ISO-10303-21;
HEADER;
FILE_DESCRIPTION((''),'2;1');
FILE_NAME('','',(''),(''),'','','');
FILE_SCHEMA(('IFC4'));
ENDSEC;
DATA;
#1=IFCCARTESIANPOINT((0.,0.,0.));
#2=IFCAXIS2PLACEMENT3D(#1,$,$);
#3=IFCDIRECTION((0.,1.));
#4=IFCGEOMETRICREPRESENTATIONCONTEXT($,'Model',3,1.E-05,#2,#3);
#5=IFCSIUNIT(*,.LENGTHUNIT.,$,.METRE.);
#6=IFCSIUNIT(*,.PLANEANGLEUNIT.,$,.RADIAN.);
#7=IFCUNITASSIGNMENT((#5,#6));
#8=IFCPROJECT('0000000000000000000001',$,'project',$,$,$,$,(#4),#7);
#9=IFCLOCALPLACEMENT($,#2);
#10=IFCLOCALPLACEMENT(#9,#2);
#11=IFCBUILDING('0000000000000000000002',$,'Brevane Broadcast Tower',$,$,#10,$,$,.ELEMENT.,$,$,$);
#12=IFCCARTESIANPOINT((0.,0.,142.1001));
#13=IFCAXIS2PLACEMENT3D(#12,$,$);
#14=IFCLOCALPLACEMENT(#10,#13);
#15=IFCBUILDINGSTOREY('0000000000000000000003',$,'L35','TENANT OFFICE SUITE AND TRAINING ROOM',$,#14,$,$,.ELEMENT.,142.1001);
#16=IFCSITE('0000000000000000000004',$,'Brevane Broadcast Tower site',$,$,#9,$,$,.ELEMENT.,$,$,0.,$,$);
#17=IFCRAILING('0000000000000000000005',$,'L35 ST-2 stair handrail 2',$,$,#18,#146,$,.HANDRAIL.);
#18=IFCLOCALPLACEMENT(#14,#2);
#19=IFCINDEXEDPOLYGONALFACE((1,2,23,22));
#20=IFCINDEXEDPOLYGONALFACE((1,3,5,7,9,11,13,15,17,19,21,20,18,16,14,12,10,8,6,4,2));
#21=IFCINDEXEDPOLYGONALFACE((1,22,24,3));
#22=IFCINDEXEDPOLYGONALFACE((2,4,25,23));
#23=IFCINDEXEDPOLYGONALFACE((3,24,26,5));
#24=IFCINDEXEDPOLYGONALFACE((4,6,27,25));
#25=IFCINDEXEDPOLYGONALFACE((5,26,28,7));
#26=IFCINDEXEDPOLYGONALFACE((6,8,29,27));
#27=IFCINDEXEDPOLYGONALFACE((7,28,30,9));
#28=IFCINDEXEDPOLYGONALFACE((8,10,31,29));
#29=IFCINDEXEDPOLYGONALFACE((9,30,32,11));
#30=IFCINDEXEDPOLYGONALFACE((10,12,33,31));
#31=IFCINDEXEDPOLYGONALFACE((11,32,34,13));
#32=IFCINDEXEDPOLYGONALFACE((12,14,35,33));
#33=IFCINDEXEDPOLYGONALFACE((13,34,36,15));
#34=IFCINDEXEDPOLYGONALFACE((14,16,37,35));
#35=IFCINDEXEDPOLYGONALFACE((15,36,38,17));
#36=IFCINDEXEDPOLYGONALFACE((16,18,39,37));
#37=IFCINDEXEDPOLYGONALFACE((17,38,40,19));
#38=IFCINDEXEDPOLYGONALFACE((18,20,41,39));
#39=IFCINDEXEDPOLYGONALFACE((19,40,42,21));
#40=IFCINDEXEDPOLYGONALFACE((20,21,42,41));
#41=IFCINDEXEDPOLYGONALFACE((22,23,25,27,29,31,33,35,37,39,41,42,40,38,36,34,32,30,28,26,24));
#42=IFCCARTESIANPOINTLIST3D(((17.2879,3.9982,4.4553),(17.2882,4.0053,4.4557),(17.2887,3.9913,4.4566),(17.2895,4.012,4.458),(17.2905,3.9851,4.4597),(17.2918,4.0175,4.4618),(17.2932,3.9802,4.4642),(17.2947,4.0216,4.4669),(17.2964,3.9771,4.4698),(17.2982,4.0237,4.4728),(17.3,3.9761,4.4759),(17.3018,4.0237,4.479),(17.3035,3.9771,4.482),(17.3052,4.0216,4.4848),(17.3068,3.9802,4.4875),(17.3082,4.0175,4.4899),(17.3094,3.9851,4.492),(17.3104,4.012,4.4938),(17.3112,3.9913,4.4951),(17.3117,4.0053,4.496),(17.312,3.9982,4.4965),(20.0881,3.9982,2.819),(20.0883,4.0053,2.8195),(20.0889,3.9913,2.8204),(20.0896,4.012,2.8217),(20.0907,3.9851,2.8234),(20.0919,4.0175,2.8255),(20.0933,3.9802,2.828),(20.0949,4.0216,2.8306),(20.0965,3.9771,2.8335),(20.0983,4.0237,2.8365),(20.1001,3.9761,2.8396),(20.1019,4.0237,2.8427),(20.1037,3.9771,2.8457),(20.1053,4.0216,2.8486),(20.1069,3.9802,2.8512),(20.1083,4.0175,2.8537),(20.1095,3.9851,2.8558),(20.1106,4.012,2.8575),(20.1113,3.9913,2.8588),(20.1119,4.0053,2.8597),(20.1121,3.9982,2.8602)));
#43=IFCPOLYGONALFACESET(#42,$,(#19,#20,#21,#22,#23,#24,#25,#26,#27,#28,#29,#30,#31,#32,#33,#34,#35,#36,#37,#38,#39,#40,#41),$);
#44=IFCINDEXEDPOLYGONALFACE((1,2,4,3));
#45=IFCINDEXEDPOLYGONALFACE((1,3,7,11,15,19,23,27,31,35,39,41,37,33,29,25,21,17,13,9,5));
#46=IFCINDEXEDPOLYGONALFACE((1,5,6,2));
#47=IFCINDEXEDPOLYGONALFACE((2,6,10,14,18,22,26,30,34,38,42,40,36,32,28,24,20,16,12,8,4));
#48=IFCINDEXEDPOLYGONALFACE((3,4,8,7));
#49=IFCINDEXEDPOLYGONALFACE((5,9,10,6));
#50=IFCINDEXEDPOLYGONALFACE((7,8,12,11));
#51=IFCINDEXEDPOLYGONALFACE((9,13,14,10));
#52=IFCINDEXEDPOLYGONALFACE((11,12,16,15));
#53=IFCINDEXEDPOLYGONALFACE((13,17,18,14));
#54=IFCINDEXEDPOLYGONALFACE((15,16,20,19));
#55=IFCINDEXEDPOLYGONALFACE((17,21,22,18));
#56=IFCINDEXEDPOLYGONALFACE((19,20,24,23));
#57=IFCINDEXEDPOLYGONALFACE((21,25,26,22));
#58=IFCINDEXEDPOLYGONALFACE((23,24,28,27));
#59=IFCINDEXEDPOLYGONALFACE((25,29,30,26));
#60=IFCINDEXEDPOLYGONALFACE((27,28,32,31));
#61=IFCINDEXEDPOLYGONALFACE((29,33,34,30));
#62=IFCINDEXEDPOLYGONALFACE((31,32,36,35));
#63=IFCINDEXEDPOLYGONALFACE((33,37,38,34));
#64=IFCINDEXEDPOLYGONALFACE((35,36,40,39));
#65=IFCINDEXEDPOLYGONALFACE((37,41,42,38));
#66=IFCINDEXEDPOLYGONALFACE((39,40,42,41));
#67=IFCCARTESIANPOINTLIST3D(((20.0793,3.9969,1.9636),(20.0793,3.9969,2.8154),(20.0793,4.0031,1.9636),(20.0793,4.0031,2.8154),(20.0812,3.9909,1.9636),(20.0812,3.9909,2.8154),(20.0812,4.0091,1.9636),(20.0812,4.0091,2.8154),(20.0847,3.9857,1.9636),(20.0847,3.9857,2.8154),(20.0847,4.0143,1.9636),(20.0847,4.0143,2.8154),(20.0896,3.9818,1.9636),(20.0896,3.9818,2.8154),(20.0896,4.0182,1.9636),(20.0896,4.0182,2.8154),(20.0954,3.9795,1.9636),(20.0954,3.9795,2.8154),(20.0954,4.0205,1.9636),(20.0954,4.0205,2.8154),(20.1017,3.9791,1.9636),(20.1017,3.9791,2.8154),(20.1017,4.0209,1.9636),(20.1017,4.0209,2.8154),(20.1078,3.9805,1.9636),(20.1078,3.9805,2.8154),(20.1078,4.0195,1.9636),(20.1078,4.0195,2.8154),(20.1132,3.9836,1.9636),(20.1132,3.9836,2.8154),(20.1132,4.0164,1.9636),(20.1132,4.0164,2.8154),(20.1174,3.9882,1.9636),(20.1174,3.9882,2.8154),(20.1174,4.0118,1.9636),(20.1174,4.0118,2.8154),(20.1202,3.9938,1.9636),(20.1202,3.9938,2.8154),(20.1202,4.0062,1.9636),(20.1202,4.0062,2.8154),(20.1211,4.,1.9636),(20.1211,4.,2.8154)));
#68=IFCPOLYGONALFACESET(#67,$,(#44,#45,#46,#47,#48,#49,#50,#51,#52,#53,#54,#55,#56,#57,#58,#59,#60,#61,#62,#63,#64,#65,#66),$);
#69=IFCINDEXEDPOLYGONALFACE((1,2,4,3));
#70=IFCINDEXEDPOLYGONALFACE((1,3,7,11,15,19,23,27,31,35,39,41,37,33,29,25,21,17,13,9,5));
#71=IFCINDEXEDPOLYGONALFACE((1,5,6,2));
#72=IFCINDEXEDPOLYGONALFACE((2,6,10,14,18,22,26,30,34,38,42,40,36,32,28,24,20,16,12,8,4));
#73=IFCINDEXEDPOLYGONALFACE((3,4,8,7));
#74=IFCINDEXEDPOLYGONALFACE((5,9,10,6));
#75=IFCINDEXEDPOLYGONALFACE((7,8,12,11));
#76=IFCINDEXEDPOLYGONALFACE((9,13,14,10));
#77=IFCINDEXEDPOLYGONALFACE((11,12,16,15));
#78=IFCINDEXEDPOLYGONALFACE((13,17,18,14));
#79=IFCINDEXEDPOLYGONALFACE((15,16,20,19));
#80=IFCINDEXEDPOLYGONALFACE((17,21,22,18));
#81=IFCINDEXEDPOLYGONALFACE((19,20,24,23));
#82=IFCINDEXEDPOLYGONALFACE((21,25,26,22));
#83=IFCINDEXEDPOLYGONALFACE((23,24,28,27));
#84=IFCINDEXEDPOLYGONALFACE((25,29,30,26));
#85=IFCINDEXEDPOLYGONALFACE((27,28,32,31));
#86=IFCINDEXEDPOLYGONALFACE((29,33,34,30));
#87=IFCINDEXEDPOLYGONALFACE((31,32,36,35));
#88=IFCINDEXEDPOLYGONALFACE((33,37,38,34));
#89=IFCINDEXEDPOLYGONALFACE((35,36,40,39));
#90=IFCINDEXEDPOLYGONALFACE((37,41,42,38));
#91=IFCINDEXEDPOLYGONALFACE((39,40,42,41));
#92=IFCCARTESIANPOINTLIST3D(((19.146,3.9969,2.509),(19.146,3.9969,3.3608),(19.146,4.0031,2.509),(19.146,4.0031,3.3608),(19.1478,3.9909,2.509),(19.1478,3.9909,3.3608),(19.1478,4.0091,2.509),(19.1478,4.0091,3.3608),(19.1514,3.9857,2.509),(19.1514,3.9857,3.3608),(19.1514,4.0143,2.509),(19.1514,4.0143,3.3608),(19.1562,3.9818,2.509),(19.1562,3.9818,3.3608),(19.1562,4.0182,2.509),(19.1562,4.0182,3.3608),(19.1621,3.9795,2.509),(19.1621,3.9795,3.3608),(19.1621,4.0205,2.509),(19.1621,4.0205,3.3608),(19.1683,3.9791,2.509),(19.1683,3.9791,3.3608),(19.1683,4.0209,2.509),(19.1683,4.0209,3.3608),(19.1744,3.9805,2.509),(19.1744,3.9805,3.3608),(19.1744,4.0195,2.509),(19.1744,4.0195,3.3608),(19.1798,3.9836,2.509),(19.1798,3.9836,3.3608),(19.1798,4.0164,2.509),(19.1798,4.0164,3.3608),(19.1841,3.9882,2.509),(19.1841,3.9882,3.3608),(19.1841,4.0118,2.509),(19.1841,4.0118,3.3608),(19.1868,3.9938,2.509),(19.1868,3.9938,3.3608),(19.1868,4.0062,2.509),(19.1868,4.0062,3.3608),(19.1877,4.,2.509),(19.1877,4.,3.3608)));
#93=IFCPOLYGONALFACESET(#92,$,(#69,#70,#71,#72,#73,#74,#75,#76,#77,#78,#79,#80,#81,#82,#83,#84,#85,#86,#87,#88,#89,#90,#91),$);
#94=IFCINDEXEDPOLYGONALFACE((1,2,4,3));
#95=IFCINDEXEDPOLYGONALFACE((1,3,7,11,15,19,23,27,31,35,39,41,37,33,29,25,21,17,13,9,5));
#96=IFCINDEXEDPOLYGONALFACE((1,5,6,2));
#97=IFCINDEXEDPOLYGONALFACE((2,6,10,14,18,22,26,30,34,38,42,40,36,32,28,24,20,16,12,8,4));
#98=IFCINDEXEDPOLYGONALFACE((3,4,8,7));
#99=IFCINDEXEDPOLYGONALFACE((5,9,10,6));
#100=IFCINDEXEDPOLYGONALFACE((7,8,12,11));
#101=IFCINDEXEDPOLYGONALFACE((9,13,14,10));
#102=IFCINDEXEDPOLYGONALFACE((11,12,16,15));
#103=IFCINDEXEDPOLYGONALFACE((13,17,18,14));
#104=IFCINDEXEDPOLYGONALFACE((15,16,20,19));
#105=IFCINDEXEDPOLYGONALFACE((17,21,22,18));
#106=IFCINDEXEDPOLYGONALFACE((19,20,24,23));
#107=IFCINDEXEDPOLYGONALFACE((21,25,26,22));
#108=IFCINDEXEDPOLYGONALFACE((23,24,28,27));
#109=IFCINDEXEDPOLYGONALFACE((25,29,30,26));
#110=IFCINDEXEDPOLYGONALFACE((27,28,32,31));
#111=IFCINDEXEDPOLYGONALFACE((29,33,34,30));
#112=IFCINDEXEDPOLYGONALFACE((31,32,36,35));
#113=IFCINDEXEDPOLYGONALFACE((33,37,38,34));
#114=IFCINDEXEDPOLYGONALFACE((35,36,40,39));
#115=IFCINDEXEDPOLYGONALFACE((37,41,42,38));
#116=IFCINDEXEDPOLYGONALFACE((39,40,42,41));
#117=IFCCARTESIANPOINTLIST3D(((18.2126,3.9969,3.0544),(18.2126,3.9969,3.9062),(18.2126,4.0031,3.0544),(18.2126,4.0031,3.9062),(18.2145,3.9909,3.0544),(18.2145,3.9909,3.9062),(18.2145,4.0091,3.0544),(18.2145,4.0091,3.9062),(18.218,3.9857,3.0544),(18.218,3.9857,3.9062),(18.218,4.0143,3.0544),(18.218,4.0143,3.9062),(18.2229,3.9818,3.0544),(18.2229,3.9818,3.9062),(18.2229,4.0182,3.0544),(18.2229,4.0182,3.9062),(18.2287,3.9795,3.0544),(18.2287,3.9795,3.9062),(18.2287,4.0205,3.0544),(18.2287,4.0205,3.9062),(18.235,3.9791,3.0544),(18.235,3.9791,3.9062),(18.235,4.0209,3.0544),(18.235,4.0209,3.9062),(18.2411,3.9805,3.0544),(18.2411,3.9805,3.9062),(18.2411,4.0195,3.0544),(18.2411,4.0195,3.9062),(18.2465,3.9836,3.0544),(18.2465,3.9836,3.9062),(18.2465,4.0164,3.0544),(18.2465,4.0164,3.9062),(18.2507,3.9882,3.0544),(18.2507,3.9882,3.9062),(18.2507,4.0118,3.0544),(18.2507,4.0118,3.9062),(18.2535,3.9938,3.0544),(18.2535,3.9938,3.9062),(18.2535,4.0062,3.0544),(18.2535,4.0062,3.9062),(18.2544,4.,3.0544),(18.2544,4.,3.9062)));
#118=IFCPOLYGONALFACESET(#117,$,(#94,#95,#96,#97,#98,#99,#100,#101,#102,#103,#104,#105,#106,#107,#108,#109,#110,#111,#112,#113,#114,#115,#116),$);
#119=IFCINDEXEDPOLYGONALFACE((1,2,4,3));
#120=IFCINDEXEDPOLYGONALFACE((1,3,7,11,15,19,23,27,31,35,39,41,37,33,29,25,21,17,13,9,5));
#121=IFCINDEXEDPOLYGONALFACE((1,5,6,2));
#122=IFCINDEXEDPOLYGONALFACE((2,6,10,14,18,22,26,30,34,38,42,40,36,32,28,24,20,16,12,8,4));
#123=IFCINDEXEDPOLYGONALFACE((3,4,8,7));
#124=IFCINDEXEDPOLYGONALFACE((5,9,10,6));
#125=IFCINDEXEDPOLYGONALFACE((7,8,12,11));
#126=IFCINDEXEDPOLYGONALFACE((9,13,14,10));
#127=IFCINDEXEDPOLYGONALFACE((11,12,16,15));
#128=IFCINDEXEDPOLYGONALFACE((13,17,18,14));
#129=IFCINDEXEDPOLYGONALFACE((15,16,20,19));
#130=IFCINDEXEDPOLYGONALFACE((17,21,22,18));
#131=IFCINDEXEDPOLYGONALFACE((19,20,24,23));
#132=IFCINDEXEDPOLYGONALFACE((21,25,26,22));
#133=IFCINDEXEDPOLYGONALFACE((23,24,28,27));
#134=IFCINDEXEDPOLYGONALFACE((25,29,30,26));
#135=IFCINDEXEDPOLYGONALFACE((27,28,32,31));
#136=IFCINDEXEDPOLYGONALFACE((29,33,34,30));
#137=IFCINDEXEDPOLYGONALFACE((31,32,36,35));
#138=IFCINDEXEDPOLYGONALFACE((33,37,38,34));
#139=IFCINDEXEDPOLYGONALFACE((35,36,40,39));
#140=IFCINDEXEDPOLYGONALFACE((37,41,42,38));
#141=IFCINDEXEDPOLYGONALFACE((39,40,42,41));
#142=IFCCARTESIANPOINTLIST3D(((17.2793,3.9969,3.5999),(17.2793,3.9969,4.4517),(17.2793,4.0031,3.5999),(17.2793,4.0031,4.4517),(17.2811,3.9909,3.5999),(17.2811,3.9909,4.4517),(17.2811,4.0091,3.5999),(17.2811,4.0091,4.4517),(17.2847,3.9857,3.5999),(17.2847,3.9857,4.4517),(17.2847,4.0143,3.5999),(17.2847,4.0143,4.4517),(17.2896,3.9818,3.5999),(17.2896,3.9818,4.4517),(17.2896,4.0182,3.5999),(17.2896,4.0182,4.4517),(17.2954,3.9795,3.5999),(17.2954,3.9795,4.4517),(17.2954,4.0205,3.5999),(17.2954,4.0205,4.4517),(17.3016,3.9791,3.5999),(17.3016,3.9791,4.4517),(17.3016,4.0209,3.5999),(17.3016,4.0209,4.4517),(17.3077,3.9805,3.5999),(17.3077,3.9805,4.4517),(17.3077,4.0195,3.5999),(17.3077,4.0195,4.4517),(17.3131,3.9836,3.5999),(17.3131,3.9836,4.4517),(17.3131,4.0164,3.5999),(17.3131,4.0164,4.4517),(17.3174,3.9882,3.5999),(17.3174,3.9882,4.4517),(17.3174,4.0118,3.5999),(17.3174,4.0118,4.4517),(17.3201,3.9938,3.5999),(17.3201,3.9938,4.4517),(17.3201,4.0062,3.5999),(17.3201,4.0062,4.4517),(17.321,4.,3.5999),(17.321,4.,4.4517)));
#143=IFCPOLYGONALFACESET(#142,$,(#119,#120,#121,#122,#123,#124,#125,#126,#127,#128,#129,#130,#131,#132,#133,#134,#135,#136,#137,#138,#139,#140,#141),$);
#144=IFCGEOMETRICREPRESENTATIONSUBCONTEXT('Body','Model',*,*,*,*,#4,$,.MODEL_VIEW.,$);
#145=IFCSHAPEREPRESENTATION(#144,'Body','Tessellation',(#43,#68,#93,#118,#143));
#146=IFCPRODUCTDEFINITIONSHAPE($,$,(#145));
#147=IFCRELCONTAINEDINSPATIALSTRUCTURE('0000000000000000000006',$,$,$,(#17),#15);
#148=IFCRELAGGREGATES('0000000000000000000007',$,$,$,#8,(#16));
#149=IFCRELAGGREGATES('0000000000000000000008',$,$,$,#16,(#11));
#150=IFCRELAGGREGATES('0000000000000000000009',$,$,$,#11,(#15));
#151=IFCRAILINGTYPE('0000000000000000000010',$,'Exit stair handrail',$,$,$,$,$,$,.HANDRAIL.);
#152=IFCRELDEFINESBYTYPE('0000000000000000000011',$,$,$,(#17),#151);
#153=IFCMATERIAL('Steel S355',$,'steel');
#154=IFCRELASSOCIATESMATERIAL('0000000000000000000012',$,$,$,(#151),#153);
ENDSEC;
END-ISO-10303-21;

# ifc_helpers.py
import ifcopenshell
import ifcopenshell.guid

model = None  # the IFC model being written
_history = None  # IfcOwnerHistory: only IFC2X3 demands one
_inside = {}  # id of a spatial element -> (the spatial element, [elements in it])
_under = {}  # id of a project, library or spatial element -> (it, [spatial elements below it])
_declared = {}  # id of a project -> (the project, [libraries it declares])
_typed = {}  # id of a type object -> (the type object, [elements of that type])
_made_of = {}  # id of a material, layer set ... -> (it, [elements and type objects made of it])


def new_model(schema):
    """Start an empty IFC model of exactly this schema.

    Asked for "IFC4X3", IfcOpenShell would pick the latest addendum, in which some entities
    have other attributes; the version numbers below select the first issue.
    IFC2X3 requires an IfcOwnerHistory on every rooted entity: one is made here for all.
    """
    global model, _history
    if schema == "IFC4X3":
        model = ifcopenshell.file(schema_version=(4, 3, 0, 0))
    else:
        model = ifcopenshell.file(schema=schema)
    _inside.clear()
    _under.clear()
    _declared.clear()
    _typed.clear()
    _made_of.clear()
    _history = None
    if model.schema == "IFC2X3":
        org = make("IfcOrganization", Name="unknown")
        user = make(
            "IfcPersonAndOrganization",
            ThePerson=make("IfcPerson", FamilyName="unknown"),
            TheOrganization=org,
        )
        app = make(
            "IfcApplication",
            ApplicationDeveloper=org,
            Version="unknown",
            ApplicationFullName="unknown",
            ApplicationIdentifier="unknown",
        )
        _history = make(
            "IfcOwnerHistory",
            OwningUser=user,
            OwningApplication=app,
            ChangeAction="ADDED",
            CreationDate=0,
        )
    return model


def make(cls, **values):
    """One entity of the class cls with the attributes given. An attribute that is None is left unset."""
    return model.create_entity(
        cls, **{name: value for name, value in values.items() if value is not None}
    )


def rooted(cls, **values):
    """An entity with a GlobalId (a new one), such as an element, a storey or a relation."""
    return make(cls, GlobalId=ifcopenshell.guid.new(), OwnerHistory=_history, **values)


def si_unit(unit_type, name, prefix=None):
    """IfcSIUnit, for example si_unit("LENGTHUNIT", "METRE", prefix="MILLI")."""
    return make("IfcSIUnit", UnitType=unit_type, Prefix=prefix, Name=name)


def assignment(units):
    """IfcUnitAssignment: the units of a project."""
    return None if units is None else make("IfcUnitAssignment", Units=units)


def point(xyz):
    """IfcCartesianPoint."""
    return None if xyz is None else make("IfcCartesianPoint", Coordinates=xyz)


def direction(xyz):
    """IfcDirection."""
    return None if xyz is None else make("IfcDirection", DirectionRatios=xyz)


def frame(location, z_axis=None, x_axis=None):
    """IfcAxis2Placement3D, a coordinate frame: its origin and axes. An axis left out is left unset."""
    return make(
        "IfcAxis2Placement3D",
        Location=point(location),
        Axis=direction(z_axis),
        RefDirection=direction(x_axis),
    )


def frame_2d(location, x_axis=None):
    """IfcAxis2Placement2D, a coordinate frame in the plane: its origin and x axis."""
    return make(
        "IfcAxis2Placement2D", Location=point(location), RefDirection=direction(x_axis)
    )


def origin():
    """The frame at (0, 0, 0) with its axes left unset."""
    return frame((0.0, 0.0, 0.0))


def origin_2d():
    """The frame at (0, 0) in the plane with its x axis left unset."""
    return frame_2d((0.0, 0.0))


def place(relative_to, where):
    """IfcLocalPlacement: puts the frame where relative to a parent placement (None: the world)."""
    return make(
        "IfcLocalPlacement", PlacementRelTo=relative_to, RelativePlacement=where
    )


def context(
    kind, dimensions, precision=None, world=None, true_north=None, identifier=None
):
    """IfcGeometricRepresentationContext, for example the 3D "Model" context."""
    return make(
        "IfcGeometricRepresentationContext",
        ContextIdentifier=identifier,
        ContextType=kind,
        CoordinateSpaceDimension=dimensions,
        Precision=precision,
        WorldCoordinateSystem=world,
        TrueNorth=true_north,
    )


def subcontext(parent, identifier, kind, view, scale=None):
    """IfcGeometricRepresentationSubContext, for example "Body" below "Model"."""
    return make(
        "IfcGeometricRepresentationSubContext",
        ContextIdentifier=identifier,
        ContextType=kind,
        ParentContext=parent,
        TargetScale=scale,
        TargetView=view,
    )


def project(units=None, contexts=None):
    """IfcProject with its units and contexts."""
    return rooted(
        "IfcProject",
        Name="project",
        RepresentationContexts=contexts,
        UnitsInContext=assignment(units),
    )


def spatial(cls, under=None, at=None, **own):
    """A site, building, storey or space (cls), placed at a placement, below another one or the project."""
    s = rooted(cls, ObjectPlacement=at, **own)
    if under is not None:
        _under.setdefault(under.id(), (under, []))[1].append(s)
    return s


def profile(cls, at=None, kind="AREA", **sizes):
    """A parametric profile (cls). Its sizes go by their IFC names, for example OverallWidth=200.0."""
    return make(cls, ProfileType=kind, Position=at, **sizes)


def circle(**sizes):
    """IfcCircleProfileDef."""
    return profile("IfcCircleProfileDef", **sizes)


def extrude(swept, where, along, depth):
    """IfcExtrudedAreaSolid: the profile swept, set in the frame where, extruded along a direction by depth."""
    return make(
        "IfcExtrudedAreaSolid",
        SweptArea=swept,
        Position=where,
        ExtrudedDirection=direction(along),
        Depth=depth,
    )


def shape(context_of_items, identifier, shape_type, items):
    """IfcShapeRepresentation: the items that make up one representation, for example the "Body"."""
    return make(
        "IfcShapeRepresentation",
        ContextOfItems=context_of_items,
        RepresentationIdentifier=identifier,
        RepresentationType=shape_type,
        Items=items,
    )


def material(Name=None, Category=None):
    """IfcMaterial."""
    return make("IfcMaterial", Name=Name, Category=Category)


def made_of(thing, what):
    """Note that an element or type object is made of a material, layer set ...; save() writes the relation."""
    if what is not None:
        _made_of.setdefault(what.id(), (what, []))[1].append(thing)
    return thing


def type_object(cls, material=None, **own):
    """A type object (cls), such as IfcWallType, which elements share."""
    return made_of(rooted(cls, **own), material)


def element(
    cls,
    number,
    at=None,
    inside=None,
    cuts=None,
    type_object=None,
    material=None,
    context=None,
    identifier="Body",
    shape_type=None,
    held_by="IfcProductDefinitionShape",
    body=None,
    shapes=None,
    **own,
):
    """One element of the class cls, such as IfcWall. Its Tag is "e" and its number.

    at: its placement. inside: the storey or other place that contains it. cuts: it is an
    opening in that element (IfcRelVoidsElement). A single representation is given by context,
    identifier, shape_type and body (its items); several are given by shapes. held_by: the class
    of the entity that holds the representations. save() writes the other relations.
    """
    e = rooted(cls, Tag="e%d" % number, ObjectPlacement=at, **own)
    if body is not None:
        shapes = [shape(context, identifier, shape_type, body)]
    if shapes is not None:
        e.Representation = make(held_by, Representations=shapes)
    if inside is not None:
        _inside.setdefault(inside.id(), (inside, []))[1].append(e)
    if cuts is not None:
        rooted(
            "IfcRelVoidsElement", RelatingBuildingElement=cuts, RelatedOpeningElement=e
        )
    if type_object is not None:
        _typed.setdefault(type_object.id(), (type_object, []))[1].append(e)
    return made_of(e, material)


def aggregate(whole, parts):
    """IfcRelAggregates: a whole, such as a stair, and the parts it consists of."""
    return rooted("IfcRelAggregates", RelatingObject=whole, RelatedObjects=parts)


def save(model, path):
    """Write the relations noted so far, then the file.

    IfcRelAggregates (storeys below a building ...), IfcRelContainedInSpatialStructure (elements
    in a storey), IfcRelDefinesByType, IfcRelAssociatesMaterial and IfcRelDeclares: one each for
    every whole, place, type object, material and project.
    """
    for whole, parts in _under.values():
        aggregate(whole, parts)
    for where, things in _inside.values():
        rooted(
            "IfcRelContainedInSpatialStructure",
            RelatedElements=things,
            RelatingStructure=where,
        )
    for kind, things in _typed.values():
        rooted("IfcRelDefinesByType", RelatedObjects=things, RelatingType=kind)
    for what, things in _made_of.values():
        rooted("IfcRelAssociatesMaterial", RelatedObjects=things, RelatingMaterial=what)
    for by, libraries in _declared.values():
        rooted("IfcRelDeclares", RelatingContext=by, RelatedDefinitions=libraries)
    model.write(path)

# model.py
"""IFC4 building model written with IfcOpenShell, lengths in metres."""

from ifc_helpers import new_model, si_unit, direction, frame, origin, origin_2d, place, context, subcontext, project, spatial, circle, extrude, material, type_object, element, save


model = new_model("IFC4")

# Units and contexts
model_context = context("Model", 3, precision=1e-05, world=origin(), true_north=direction((0.0, 1.0)))
body_context = subcontext(model_context, "Body", "Model", "MODEL_VIEW")
ifc_project = project(units=[si_unit("LENGTHUNIT", "METRE"), si_unit("PLANEANGLEUNIT", "RADIAN")], contexts=[model_context])

# Site, building, storey
site_placement = place(None, origin())
site = spatial("IfcSite", under=ifc_project, at=site_placement, Name="Brevane Broadcast Tower site", CompositionType="ELEMENT", RefElevation=0.0)
building_placement = place(site_placement, origin())
building = spatial("IfcBuilding", under=site, at=building_placement, Name="Brevane Broadcast Tower", CompositionType="ELEMENT")
storey_placement = place(building_placement, frame((0.0, 0.0, 142.1001)))
storey = spatial("IfcBuildingStorey", under=building, at=storey_placement, Name="L35", Description="TENANT OFFICE SUITE AND TRAINING ROOM", CompositionType="ELEMENT", Elevation=142.1001)

# Railing
ifc_material_1 = material(Name="Steel S355", Category="steel")
railing_type_1 = type_object("IfcRailingType", Name="Exit stair handrail", PredefinedType="HANDRAIL", material=ifc_material_1)
railing_1_placement = place(storey_placement, frame((20.1001, 4.0, 1.9636)))
element("IfcRailing", 1, at=railing_1_placement, inside=storey, type_object=railing_type_1, Name="L35 ST-2 stair handrail 2", PredefinedType="HANDRAIL", context=body_context, shape_type="SweptSolid", body=[
    extrude(circle(Radius=0.0239, at=origin_2d()), frame((0.0, 0.0, 0.876), z_axis=(-0.863394, 0.0, 0.504531), x_axis=(0.0, -1.0, 0.0)), (0.0, 0.0, 1.0), 3.2432),
    extrude(circle(Radius=0.021, at=origin_2d()), origin(), (0.0, 0.0, 1.0), 0.8518),
    extrude(circle(Radius=0.021, at=origin_2d()), frame((-0.9333, 0.0, 0.5454)), (0.0, 0.0, 1.0), 0.8518),
    extrude(circle(Radius=0.021, at=origin_2d()), frame((-1.8667, 0.0, 1.0908)), (0.0, 0.0, 1.0), 0.8518),
    extrude(circle(Radius=0.021, at=origin_2d()), frame((-2.8, 0.0, 1.6362)), (0.0, 0.0, 1.0), 0.8518),
])

save(model, "model.ifc")
